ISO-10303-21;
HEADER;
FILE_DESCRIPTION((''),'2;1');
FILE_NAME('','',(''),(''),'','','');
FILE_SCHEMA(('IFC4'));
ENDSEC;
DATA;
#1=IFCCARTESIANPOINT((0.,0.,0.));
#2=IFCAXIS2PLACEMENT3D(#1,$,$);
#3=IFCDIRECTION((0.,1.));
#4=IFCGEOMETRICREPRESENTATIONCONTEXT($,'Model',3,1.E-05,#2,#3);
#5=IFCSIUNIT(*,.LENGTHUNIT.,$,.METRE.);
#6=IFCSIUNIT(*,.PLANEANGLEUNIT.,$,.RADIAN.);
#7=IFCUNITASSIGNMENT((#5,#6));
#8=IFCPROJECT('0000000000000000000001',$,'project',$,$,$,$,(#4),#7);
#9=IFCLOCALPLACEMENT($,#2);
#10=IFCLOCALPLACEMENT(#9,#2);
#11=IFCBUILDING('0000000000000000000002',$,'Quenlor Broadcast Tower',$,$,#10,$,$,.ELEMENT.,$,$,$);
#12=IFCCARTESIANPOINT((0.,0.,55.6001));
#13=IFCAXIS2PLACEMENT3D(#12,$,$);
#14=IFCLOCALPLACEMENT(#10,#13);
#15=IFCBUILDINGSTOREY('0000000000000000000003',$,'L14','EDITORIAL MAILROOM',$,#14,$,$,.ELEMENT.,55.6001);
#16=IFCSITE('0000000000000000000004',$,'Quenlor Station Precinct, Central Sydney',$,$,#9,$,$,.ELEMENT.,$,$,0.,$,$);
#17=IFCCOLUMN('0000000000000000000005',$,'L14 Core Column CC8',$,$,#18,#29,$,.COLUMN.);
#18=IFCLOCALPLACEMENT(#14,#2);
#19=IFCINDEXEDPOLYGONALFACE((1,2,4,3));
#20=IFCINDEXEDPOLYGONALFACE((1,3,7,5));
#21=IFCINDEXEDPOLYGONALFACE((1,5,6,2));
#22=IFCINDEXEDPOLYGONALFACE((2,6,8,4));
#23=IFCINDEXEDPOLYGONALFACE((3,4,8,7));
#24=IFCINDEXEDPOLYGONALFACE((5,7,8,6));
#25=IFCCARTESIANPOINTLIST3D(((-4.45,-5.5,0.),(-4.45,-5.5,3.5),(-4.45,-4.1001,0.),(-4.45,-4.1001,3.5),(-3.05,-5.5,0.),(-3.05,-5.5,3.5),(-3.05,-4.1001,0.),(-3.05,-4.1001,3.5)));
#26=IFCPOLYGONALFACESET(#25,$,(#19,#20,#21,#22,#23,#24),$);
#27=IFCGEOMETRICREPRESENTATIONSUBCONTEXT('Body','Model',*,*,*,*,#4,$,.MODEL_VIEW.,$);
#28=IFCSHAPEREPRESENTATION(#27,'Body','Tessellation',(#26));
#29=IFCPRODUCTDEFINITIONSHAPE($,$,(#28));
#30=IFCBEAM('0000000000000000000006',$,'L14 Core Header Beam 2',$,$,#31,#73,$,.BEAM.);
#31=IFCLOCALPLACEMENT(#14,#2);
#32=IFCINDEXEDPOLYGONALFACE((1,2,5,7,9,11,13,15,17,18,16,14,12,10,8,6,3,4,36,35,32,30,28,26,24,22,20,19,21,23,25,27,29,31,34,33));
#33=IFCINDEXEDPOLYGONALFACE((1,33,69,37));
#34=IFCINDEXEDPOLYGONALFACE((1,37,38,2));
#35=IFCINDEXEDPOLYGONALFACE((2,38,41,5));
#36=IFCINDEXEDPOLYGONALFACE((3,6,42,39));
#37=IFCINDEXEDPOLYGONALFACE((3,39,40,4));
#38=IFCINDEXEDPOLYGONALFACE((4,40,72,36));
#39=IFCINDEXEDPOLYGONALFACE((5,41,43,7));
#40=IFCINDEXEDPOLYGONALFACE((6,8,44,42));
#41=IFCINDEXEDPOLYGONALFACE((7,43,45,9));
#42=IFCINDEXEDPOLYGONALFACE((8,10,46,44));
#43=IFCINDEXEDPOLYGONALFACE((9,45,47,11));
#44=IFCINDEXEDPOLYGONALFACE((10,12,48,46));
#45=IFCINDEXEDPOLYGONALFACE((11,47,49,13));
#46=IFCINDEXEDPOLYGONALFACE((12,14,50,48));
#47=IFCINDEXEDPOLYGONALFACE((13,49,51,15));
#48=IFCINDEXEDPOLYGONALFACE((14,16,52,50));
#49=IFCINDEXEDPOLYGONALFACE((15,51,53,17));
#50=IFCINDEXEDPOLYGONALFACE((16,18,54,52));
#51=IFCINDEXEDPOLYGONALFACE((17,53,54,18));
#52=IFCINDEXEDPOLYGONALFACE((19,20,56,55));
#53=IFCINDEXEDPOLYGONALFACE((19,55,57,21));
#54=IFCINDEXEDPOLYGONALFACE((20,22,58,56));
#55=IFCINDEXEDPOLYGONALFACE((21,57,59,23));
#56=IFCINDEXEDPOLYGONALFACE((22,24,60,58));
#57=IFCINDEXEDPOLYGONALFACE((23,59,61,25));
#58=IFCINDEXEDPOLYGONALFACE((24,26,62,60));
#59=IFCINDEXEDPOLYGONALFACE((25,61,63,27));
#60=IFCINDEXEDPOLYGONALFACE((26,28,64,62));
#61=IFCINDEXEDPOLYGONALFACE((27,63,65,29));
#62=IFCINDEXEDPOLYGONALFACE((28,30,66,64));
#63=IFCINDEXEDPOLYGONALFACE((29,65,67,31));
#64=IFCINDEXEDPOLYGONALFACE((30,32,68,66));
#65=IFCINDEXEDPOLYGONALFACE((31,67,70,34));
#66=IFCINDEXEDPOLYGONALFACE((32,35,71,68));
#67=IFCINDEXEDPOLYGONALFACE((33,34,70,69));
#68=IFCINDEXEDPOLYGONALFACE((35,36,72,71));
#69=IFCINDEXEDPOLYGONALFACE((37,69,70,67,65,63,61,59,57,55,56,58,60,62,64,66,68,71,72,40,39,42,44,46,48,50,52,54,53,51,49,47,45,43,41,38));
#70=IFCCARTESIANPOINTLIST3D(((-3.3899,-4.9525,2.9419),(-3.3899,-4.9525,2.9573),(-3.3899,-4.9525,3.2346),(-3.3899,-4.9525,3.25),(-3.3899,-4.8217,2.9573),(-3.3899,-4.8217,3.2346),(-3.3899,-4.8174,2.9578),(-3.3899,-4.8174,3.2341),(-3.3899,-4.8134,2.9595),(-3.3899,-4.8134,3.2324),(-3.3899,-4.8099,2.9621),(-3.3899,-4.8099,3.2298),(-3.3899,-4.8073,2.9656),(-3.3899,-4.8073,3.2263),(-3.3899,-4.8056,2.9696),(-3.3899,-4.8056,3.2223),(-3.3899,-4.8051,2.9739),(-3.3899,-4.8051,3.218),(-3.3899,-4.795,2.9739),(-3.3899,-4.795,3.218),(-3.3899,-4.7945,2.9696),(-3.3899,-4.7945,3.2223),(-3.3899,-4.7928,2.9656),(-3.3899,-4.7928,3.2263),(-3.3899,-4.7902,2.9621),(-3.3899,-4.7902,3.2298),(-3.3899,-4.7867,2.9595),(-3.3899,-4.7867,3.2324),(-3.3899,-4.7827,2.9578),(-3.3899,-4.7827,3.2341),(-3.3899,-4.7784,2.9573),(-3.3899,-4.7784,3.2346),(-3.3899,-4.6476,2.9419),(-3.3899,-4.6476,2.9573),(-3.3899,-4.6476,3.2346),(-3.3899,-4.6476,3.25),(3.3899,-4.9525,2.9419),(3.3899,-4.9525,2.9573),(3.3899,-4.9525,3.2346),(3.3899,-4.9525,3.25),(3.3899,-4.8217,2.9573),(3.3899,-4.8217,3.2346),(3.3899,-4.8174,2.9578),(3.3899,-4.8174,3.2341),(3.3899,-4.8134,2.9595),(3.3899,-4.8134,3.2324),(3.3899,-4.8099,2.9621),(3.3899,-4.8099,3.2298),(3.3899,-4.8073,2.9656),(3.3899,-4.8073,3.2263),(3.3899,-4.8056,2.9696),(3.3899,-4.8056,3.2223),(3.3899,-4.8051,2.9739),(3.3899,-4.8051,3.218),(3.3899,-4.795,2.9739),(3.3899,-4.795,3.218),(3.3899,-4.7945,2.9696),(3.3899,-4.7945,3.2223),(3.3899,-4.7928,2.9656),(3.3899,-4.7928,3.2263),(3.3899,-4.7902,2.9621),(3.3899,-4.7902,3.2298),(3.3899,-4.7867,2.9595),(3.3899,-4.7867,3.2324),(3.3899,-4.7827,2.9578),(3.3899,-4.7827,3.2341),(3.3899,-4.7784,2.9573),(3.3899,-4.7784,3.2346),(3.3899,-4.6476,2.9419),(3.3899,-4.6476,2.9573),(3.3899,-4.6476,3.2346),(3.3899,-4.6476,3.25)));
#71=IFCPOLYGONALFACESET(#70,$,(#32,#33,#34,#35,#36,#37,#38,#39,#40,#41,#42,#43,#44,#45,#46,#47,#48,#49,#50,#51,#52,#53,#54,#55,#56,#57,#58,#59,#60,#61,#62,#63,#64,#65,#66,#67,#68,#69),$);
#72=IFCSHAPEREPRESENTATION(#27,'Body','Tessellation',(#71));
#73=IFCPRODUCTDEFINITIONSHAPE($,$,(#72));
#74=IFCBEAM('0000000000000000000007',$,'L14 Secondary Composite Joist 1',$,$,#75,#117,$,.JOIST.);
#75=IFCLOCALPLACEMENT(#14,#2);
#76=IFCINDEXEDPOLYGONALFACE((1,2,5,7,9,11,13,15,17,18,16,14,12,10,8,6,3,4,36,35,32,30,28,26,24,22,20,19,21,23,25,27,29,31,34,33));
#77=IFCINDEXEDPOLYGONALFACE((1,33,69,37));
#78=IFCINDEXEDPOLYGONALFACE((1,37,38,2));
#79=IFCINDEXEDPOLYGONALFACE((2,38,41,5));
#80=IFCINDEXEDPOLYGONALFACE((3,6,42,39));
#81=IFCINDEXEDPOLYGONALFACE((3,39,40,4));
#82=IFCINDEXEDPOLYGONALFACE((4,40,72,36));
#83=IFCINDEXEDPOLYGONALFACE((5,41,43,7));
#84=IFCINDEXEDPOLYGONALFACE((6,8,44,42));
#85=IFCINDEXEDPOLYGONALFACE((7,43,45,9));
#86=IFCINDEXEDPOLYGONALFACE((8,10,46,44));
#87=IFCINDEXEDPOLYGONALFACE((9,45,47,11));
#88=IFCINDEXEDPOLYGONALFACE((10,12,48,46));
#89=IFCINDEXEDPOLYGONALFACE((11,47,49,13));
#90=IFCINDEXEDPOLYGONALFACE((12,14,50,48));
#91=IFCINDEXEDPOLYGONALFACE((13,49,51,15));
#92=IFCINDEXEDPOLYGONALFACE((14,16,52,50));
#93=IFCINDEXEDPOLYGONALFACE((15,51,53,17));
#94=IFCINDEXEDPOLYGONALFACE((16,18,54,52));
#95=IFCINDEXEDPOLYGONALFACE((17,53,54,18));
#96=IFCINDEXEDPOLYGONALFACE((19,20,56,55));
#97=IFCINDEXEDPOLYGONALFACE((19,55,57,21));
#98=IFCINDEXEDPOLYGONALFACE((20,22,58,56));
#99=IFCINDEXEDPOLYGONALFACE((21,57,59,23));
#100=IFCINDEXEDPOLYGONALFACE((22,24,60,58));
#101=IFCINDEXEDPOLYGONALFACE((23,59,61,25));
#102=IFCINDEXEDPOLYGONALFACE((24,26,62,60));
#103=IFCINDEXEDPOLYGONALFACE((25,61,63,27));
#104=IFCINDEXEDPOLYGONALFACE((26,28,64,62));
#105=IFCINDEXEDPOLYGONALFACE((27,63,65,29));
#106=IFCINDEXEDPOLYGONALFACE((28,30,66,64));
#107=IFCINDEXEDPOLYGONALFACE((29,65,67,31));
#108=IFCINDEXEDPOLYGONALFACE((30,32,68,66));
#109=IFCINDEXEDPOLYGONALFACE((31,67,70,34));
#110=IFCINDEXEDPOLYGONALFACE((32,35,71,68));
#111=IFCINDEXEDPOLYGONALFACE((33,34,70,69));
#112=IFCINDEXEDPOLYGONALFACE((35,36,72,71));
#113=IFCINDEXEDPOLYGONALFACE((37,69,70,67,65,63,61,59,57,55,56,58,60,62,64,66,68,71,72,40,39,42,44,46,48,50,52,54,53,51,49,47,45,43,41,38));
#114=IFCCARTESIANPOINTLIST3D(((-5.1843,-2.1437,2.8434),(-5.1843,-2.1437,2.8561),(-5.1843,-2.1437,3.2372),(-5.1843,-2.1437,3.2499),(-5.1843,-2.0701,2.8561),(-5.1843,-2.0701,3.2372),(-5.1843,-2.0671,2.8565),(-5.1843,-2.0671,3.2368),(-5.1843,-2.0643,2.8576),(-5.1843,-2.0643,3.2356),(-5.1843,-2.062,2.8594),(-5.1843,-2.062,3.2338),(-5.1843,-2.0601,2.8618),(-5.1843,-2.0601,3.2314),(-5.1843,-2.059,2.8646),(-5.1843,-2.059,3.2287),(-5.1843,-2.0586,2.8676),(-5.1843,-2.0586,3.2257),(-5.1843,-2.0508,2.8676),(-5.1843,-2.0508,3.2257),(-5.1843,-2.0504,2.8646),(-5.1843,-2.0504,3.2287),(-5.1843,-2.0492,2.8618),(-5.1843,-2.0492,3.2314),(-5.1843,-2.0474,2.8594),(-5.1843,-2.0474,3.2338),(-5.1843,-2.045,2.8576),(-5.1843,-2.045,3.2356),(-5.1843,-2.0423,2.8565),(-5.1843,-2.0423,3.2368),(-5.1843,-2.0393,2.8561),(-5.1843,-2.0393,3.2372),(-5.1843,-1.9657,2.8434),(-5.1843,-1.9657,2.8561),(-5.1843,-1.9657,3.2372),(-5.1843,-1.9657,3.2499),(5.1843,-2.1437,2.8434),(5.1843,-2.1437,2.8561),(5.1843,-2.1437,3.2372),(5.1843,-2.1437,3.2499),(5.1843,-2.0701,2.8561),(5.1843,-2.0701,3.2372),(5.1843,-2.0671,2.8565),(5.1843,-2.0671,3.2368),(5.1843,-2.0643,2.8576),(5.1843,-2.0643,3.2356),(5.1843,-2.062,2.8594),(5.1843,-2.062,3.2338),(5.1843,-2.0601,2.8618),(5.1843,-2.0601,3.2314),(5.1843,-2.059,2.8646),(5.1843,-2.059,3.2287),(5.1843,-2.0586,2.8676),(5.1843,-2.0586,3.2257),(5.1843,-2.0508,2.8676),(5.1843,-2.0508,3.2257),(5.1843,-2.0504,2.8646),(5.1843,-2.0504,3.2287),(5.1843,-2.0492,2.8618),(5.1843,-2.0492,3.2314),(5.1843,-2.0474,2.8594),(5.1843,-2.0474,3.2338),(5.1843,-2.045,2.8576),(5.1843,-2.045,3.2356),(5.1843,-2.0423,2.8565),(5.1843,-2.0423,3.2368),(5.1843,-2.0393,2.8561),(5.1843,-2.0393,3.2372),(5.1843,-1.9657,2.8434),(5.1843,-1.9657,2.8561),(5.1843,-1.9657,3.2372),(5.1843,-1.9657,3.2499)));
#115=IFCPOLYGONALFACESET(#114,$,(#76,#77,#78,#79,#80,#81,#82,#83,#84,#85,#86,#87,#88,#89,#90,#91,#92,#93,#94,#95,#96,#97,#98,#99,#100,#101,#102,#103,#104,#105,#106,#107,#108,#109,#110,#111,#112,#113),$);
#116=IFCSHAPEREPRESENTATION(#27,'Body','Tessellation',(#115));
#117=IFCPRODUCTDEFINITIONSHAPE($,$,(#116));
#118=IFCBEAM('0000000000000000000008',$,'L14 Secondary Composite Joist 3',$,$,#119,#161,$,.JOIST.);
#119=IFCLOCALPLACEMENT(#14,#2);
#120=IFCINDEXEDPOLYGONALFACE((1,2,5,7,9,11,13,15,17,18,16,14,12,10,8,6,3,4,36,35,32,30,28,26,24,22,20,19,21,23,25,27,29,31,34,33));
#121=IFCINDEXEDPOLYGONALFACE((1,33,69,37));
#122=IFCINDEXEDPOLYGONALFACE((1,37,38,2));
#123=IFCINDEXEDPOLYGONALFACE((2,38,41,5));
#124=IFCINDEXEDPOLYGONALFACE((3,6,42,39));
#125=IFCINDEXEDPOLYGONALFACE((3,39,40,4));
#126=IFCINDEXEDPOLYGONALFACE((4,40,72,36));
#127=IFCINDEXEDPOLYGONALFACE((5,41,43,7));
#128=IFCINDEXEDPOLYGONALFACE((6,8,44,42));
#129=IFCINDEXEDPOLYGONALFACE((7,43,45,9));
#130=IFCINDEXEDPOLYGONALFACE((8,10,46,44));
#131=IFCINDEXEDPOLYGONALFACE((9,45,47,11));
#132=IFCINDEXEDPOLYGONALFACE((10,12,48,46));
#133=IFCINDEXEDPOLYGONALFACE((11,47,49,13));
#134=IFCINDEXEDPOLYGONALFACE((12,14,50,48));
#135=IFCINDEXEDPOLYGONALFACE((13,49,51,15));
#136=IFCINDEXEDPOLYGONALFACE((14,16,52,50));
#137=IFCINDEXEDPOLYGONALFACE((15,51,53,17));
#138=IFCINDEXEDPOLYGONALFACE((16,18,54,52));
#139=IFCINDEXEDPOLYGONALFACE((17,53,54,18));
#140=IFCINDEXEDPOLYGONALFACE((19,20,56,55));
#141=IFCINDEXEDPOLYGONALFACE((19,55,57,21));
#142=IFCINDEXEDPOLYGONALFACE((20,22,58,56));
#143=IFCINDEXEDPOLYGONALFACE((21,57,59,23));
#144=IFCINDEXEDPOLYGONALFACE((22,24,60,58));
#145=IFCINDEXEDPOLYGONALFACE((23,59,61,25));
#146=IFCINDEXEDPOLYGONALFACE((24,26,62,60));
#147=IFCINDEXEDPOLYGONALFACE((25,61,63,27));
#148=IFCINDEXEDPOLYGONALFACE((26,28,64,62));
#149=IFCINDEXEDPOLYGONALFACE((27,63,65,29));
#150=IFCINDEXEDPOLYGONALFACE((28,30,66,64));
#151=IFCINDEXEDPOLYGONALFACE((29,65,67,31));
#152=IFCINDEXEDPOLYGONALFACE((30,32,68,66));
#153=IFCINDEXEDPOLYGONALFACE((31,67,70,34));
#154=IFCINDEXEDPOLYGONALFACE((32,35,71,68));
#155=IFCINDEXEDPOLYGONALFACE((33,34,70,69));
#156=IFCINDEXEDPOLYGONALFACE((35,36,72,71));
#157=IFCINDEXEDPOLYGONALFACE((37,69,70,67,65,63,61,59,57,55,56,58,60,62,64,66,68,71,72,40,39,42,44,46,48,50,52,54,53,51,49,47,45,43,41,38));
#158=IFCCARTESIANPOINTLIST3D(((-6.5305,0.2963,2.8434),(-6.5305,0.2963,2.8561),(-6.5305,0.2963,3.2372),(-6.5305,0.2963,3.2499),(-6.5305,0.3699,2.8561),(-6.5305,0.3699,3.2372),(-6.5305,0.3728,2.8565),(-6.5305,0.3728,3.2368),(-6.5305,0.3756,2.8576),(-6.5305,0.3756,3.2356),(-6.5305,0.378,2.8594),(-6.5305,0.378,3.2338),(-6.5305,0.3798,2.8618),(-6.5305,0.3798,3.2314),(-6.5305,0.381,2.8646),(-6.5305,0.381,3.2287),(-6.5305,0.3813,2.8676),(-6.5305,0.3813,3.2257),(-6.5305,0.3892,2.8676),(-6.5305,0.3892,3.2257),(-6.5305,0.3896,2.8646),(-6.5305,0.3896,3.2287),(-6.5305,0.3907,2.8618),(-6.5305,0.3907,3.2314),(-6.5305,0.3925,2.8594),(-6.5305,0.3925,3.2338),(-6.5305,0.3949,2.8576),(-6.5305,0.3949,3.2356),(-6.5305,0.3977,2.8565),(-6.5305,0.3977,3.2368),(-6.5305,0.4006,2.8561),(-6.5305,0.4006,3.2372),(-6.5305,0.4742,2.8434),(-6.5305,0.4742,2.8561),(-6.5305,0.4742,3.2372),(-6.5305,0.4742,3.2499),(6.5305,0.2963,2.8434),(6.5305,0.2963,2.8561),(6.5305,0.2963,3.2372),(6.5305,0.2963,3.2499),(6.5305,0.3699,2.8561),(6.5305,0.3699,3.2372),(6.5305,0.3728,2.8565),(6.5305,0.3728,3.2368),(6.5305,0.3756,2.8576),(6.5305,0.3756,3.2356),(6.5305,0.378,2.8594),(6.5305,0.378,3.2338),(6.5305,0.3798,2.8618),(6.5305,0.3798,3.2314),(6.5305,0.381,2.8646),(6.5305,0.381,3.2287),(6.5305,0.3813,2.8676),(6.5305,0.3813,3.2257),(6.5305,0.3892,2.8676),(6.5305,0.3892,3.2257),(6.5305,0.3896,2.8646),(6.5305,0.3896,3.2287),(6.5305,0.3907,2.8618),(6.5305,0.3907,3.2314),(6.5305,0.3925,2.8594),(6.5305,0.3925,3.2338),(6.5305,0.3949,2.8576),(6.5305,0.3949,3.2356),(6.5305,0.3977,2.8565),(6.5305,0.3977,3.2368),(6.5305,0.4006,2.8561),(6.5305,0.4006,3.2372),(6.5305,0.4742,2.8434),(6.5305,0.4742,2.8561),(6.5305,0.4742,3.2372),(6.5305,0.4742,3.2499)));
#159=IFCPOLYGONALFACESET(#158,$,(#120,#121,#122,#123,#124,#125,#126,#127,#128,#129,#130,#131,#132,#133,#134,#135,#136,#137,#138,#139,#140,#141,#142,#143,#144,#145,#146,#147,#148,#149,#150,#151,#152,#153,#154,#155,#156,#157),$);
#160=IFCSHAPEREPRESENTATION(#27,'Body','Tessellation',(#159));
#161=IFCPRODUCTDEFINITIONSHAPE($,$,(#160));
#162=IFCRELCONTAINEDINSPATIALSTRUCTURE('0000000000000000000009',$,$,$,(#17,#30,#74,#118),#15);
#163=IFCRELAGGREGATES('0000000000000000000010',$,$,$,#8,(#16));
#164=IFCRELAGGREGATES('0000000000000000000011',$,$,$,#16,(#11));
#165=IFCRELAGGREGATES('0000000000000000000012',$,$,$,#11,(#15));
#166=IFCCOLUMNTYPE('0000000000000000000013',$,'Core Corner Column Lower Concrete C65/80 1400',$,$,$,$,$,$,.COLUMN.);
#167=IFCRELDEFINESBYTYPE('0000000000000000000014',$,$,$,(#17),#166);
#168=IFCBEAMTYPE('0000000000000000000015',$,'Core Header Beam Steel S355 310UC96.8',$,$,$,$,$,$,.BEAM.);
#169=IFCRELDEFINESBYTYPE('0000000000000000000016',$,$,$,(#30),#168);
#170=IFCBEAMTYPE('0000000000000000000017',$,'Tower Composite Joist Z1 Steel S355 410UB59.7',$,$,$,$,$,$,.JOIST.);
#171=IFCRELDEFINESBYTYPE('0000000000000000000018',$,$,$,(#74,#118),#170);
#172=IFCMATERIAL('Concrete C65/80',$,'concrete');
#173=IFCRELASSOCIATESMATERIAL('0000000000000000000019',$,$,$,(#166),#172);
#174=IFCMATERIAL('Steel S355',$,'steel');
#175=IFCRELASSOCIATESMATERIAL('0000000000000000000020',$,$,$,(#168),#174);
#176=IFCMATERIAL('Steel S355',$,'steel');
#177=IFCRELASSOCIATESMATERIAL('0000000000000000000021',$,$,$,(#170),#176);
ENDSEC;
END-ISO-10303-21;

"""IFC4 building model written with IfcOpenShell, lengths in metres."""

from ifc_helpers import new_model, si_unit, direction, frame, origin, origin_2d, place, context, subcontext, project, spatial, rectangle, i_section, extrude, material, material_profile, profile_set, type_object, element, save


model = new_model("IFC4")

# Units and contexts
model_context = context("Model", 3, precision=1e-05, world=origin(), true_north=direction((0.0, 1.0)))
body_context = subcontext(model_context, "Body", "Model", "MODEL_VIEW")
ifc_project = project(units=[si_unit("LENGTHUNIT", "METRE"), si_unit("PLANEANGLEUNIT", "RADIAN")], contexts=[model_context])

# Site, building, storey
site_placement = place(None, origin())
site = spatial("IfcSite", under=ifc_project, at=site_placement, Name="Quenlor Station Precinct, Central Sydney", CompositionType="ELEMENT", RefElevation=0.0)
building_placement = place(site_placement, origin())
building = spatial("IfcBuilding", under=site, at=building_placement, Name="Quenlor Broadcast Tower", CompositionType="ELEMENT")
storey_placement = place(building_placement, frame((0.0, 0.0, 55.6001)))
storey = spatial("IfcBuildingStorey", under=building, at=storey_placement, Name="L14", Description="EDITORIAL MAILROOM", CompositionType="ELEMENT", Elevation=55.6001)

# Column
ifc_material_1 = material(Name="Concrete C65/80", Category="concrete")
ifc_material_profile_1 = material_profile(ifc_material_1, rectangle(XDim=1.3999, YDim=1.3999, at=origin_2d()))
ifc_profile_set_1 = profile_set([ifc_material_profile_1], Name="Concrete C65/80 RC1400x1400")
column_type = type_object("IfcColumnType", Name="Core Corner Column Lower Concrete C65/80 1400", PredefinedType="COLUMN", material=ifc_profile_set_1)
column_placement = place(storey_placement, frame((-3.75, -4.8, 0.0), z_axis=(0.0, 0.0, 1.0), x_axis=(1.0, 0.0, 0.0)))
element("IfcColumn", 1, at=column_placement, inside=storey, type_object=column_type, Name="L14 Core Column CC8", PredefinedType="COLUMN", context=body_context, shape_type="SweptSolid", body=[
    extrude(rectangle(XDim=1.3999, YDim=1.3999, at=origin_2d()), origin(), (0.0, 0.0, 1.0), 3.5),
])

# Beams
ifc_material_2 = material(Name="Steel S355", Category="steel")
ifc_material_profile_2 = material_profile(ifc_material_2, i_section(OverallWidth=0.3049, OverallDepth=0.3081, WebThickness=0.01, FlangeThickness=0.0154, FilletRadius=0.0166, at=origin_2d()))
ifc_profile_set_2 = profile_set([ifc_material_profile_2], Name="Steel S355 310UC96.8")
beam_type_1 = type_object("IfcBeamType", Name="Core Header Beam Steel S355 310UC96.8", PredefinedType="BEAM", material=ifc_profile_set_2)
beam_1_placement = place(storey_placement, frame((-3.3899, -4.8, 3.0959), z_axis=(1.0, 0.0, 0.0), x_axis=(0.0, 1.0, 0.0)))
element("IfcBeam", 2, at=beam_1_placement, inside=storey, type_object=beam_type_1, Name="L14 Core Header Beam 2", PredefinedType="BEAM", context=body_context, shape_type="SweptSolid", body=[
    extrude(i_section(OverallWidth=0.3049, OverallDepth=0.3081, WebThickness=0.01, FlangeThickness=0.0154, FilletRadius=0.0166, at=origin_2d()), origin(), (0.0, 0.0, 1.0), 6.7798),
])
ifc_material_3 = material(Name="Steel S355", Category="steel")
ifc_material_profile_3 = material_profile(ifc_material_3, i_section(OverallWidth=0.178, OverallDepth=0.4065, WebThickness=0.0078, FlangeThickness=0.0127, FilletRadius=0.0115, at=origin_2d()))
ifc_profile_set_3 = profile_set([ifc_material_profile_3], Name="Steel S355 410UB59.7")
beam_type_2 = type_object("IfcBeamType", Name="Tower Composite Joist Z1 Steel S355 410UB59.7", PredefinedType="JOIST", material=ifc_profile_set_3)
beam_2_placement = place(storey_placement, frame((-5.1843, -2.0547, 3.0466), z_axis=(1.0, 0.0, 0.0), x_axis=(0.0, 1.0, 0.0)))
element("IfcBeam", 3, at=beam_2_placement, inside=storey, type_object=beam_type_2, Name="L14 Secondary Composite Joist 1", PredefinedType="JOIST", context=body_context, shape_type="SweptSolid", body=[
    extrude(i_section(OverallWidth=0.178, OverallDepth=0.4065, WebThickness=0.0078, FlangeThickness=0.0127, FilletRadius=0.0115, at=origin_2d()), origin(), (0.0, 0.0, 1.0), 10.3687),
])
beam_3_placement = place(storey_placement, frame((-6.5305, 0.3853, 3.0466), z_axis=(1.0, 0.0, 0.0), x_axis=(0.0, 1.0, 0.0)))
element("IfcBeam", 4, at=beam_3_placement, inside=storey, type_object=beam_type_2, Name="L14 Secondary Composite Joist 3", PredefinedType="JOIST", context=body_context, shape_type="SweptSolid", body=[
    extrude(i_section(OverallWidth=0.178, OverallDepth=0.4065, WebThickness=0.0078, FlangeThickness=0.0127, FilletRadius=0.0115, at=origin_2d()), origin(), (0.0, 0.0, 1.0), 13.061),
])

save(model, "model.ifc")
